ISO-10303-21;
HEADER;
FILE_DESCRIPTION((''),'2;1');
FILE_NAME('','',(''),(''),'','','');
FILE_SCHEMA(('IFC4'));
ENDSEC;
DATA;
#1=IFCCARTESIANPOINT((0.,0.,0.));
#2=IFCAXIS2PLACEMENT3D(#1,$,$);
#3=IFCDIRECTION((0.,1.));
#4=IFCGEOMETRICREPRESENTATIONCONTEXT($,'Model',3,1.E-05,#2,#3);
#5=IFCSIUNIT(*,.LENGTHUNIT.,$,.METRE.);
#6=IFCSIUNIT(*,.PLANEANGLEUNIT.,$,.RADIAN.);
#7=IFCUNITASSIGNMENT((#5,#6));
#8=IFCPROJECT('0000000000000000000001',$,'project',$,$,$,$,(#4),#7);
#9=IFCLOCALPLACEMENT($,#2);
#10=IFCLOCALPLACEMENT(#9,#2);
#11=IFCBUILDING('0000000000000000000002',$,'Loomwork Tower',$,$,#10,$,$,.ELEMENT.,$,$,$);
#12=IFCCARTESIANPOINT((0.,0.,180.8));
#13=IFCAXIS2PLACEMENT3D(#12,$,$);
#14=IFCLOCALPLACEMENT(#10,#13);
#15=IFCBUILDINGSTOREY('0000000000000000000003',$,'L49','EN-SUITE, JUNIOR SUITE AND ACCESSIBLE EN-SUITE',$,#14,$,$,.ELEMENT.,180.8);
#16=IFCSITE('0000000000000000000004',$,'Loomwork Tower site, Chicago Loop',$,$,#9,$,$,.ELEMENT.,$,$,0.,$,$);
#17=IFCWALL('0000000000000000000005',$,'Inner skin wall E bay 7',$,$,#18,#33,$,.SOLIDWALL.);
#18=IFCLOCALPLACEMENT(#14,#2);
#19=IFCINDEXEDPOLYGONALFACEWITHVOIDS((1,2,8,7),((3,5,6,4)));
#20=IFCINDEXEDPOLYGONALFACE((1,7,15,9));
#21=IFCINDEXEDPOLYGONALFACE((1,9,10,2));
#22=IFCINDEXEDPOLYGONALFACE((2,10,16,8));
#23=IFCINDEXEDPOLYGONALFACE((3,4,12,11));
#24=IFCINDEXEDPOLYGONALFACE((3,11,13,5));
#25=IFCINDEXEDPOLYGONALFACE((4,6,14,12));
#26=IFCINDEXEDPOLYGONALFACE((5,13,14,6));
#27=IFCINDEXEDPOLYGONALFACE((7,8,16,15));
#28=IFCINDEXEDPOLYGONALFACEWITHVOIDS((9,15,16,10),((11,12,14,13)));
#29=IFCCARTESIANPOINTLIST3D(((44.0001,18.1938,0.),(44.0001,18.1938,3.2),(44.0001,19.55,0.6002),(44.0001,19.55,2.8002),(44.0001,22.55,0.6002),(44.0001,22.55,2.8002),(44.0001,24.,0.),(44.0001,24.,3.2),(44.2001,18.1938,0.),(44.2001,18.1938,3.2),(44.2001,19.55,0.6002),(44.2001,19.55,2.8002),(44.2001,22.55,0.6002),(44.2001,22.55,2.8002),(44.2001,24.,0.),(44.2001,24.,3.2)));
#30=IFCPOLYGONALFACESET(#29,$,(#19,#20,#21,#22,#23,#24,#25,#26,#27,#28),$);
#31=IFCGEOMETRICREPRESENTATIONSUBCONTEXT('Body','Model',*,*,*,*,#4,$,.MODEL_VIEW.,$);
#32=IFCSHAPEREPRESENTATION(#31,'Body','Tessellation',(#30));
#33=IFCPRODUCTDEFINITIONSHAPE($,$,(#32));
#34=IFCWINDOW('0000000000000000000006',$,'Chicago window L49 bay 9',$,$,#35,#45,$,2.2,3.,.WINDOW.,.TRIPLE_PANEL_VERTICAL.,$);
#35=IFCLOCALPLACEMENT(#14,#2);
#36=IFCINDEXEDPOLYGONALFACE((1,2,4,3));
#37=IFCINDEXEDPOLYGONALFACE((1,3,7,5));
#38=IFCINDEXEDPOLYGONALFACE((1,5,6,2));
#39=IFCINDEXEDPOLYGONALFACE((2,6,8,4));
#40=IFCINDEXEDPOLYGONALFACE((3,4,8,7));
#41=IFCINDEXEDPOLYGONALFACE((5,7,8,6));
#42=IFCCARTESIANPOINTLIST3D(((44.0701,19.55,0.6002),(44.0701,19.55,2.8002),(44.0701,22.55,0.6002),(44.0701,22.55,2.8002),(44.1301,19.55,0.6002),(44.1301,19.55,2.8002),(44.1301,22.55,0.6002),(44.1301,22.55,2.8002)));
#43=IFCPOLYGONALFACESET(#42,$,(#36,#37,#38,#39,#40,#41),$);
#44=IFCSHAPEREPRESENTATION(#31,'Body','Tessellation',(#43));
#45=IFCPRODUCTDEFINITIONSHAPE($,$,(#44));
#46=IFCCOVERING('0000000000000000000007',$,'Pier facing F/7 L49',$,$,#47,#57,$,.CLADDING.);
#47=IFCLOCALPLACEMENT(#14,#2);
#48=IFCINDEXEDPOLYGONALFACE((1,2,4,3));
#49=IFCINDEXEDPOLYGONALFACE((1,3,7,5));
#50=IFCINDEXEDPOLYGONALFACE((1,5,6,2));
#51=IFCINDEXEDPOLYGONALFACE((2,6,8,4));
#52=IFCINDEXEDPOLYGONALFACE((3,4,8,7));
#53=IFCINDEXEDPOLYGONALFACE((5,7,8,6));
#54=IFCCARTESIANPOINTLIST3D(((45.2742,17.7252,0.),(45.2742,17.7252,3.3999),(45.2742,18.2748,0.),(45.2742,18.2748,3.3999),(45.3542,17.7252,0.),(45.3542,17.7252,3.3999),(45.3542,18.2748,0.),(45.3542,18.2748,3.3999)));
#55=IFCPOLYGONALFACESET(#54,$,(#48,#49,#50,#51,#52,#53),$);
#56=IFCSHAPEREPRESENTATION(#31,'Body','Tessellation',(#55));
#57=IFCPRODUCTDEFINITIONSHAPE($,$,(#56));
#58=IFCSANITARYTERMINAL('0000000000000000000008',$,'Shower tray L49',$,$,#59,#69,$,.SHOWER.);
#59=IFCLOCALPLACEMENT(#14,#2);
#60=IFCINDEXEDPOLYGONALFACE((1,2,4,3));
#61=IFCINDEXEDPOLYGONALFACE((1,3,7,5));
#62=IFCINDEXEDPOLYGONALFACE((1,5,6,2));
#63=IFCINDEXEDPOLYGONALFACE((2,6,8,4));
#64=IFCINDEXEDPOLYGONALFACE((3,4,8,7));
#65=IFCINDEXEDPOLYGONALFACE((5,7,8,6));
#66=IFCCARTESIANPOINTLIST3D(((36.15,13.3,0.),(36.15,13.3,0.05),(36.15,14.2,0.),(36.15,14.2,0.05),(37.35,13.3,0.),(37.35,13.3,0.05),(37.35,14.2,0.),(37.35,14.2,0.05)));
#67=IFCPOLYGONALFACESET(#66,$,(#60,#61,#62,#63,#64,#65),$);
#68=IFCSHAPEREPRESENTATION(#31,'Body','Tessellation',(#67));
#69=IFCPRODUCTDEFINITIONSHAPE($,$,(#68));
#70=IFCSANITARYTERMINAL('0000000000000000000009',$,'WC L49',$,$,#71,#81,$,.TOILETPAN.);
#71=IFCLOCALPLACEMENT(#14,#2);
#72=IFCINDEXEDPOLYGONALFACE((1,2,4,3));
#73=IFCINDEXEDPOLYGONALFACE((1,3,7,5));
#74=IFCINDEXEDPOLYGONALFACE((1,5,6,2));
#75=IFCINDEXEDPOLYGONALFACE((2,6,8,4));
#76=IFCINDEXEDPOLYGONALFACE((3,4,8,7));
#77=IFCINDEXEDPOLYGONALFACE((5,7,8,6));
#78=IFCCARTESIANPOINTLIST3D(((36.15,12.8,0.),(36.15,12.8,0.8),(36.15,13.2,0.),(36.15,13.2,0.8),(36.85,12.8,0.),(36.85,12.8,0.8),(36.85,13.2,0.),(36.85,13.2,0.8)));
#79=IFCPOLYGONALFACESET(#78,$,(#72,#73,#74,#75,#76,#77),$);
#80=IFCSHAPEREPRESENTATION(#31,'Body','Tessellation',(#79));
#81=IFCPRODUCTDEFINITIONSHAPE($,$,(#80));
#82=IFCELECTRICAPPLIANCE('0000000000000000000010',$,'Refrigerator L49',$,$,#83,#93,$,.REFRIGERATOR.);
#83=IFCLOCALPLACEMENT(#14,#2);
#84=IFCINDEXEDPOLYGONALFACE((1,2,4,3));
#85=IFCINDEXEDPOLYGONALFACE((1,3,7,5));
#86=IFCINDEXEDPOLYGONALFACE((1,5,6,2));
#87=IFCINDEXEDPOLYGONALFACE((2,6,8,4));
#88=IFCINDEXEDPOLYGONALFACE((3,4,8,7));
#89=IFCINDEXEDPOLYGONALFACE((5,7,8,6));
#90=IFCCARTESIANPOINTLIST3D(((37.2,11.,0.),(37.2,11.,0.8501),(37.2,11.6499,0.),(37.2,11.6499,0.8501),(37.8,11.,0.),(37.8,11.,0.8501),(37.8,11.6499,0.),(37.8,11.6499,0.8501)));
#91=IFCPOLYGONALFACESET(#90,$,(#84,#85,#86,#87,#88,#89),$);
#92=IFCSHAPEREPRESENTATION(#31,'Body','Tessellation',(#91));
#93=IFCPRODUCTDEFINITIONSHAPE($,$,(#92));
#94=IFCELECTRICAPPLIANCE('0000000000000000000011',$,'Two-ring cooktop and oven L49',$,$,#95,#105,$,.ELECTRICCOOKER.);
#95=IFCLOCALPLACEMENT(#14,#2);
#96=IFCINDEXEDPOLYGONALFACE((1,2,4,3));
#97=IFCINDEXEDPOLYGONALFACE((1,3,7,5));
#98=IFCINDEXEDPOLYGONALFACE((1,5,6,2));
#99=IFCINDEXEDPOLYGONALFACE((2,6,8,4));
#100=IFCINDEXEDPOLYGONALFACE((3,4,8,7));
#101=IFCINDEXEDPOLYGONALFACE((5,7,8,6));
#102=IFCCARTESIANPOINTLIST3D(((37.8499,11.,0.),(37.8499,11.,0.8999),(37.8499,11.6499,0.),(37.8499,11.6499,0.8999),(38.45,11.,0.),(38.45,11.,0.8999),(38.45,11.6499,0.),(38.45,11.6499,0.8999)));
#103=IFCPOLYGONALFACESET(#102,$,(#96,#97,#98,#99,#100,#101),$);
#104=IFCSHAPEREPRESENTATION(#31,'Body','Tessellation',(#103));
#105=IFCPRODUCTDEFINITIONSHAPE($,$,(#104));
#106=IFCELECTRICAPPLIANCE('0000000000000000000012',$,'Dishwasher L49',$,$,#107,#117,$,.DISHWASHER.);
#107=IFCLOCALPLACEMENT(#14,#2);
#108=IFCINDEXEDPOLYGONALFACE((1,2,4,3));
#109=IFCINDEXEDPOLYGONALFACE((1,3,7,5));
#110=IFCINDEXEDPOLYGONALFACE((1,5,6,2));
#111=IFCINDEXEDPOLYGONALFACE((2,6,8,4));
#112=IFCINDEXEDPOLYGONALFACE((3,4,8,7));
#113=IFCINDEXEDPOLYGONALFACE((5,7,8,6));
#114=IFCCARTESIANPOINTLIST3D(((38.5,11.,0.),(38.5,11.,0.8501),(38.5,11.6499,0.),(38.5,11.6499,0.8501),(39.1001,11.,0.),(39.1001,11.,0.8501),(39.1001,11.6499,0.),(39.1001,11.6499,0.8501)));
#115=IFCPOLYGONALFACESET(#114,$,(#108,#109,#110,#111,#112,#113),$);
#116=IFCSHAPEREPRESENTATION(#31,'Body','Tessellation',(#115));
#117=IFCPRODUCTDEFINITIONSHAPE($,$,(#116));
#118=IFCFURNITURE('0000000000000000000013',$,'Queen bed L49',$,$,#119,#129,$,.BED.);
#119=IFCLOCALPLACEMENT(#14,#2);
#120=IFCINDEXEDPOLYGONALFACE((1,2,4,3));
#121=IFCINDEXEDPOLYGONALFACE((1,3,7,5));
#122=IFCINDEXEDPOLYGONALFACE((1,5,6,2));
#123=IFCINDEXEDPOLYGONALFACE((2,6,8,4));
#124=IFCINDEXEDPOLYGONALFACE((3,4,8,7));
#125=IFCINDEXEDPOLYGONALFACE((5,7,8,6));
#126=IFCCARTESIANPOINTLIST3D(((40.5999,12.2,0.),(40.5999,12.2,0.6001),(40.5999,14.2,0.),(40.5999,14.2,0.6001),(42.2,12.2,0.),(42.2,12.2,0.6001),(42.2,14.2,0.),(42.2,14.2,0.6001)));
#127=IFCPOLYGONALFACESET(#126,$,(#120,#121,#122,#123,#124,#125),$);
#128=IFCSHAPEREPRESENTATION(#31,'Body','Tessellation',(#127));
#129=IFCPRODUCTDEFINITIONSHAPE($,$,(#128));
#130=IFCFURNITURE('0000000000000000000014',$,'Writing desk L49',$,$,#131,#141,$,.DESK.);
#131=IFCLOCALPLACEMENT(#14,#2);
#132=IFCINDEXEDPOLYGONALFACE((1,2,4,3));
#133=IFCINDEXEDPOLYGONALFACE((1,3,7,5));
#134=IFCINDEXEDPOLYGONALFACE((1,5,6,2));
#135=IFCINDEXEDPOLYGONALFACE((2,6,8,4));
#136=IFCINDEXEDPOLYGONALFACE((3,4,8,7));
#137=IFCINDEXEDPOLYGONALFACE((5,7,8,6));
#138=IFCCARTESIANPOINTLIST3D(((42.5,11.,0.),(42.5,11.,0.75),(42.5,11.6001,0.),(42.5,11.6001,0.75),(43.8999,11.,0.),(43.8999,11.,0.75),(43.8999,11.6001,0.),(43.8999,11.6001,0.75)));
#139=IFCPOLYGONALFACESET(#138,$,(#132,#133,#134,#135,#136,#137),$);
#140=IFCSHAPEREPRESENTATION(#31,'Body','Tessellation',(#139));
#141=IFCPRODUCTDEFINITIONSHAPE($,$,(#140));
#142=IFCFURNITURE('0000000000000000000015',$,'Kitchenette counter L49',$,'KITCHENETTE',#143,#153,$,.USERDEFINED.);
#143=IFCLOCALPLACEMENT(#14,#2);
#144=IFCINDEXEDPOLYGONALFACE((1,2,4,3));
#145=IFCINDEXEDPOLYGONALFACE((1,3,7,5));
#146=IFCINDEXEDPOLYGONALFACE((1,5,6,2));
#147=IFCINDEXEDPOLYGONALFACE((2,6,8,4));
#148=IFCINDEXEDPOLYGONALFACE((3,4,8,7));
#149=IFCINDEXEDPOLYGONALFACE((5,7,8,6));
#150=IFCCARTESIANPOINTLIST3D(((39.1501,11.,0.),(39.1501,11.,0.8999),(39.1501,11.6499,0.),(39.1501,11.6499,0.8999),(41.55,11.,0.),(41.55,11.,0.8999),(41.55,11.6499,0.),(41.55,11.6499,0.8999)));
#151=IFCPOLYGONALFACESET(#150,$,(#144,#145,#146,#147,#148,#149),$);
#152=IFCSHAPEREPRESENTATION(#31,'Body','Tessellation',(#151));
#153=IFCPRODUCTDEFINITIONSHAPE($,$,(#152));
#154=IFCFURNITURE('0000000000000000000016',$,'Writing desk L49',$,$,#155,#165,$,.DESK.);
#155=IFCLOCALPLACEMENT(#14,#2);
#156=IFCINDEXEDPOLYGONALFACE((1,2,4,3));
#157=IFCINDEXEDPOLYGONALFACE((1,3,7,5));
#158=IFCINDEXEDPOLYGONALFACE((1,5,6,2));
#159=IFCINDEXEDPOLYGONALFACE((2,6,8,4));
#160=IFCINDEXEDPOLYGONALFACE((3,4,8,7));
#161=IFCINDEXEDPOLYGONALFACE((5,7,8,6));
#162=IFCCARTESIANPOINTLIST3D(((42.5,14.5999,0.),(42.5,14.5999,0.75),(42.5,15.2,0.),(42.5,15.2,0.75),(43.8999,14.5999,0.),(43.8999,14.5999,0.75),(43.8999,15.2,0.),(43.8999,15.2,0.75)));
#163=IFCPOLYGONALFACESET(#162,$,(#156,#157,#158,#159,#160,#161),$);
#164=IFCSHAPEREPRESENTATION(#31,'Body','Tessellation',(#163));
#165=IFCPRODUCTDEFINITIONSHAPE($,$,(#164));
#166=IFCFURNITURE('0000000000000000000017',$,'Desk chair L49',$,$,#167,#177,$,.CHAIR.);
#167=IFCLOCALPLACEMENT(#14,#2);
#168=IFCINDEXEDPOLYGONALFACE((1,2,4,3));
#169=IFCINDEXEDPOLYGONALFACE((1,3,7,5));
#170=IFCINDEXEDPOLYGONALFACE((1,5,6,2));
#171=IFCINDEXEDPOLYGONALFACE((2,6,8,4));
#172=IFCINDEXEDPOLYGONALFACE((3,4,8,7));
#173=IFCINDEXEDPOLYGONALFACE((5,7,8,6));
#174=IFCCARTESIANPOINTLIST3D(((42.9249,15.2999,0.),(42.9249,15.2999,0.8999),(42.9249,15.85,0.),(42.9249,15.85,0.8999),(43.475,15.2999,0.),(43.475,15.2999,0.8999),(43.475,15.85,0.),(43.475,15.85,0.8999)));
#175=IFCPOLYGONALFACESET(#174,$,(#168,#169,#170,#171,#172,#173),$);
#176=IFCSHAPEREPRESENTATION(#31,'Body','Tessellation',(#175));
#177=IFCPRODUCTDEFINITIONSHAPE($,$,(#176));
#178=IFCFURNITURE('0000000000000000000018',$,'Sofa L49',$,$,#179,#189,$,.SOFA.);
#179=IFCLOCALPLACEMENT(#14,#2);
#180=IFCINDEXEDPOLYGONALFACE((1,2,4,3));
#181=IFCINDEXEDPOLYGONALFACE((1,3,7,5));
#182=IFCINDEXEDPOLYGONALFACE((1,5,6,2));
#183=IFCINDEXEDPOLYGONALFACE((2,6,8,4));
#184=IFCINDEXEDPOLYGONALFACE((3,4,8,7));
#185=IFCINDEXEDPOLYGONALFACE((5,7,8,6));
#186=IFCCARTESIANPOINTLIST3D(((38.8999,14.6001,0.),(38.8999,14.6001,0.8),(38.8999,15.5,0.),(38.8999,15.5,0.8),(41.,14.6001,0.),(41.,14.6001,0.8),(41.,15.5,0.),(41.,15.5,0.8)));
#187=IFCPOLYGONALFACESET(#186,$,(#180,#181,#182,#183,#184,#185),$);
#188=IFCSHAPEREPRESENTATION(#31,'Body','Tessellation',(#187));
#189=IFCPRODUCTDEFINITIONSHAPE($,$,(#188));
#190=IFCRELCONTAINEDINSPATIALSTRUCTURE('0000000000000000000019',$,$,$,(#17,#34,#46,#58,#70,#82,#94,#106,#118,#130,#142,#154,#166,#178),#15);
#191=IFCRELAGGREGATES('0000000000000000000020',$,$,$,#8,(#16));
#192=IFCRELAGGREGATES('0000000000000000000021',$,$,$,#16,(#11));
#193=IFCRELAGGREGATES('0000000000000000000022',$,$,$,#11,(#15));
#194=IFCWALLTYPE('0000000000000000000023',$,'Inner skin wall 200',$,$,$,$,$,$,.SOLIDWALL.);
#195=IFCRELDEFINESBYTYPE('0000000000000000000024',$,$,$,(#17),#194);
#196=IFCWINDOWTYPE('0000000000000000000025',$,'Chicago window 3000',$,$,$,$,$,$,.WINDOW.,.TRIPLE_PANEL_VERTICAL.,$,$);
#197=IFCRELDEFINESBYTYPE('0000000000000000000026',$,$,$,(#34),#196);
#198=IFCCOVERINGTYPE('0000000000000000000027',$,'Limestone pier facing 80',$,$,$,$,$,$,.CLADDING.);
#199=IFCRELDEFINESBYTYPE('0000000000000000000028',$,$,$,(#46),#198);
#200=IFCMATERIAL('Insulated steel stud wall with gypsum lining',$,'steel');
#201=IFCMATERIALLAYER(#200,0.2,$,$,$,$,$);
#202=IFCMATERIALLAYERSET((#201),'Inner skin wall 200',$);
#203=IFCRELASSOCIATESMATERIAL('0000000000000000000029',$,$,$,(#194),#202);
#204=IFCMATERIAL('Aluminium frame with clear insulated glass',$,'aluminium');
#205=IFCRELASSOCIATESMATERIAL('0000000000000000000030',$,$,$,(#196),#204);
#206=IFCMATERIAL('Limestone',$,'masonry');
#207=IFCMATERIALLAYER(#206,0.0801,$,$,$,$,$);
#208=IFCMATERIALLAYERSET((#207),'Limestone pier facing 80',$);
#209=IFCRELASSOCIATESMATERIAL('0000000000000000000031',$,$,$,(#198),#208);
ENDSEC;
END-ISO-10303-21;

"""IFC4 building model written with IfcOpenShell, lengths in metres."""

from ifc_helpers import new_model, si_unit, direction, frame, frame_2d, origin, origin_2d, place, context, subcontext, project, spatial, rectangle, extrude, material, layer, layer_set, type_object, element, fill, save


model = new_model("IFC4")

# Units and contexts
model_context = context("Model", 3, precision=1e-05, world=origin(), true_north=direction((0.0, 1.0)))
body_context = subcontext(model_context, "Body", "Model", "MODEL_VIEW")
ifc_project = project(units=[si_unit("LENGTHUNIT", "METRE"), si_unit("PLANEANGLEUNIT", "RADIAN")], contexts=[model_context])

# Site, building, storey
site_placement = place(None, origin())
site = spatial("IfcSite", under=ifc_project, at=site_placement, Name="Loomwork Tower site, Chicago Loop", CompositionType="ELEMENT", RefElevation=0.0)
building_placement = place(site_placement, origin())
building = spatial("IfcBuilding", under=site, at=building_placement, Name="Loomwork Tower", CompositionType="ELEMENT")
storey_placement = place(building_placement, frame((0.0, 0.0, 180.8)))
storey = spatial("IfcBuildingStorey", under=building, at=storey_placement, Name="L49", Description="EN-SUITE, JUNIOR SUITE AND ACCESSIBLE EN-SUITE", CompositionType="ELEMENT", Elevation=180.8)

# Shared definitions
ifc_material_1 = material(Name="Insulated steel stud wall with gypsum lining", Category="steel")
ifc_layer_1 = layer(ifc_material_1, 0.2)
ifc_layer_set_1 = layer_set([ifc_layer_1], Name="Inner skin wall 200")
wall_type_1 = type_object("IfcWallType", Name="Inner skin wall 200", PredefinedType="SOLIDWALL", material=ifc_layer_set_1)

# Wall, opening, window
wall_1_placement = place(storey_placement, frame((44.1001, 18.1938, 0.0), z_axis=(0.0, 0.0, 1.0), x_axis=(0.0, 1.0, 0.0)))
wall_1 = element("IfcWall", 1, at=wall_1_placement, inside=storey, type_object=wall_type_1, Name="Inner skin wall E bay 7", PredefinedType="SOLIDWALL", context=body_context, shape_type="SweptSolid", body=[
    extrude(rectangle(XDim=5.8062, YDim=0.2, at=frame_2d((2.9031, 0.0))), origin(), (0.0, 0.0, 1.0), 3.2),
])
opening_placement = place(wall_1_placement, frame((1.3562, 0.0, 0.6001)))
opening = element("IfcOpeningElement", 2, at=opening_placement, cuts=wall_1, PredefinedType="OPENING", context=body_context, shape_type="SweptSolid", body=[
    extrude(rectangle(XDim=3.0, YDim=2.2, at=frame_2d((1.5, 1.1001))), frame((0.0, 0.1099, 0.0), z_axis=(0.0, -1.0, 0.0), x_axis=(1.0, 0.0, 0.0)), (0.0, 0.0, 1.0), 0.22),
])
ifc_material_2 = material(Name="Aluminium frame with clear insulated glass", Category="aluminium")
window_type = type_object("IfcWindowType", Name="Chicago window 3000", PartitioningType="TRIPLE_PANEL_VERTICAL", PredefinedType="WINDOW", material=ifc_material_2)
window_placement = place(opening_placement, origin())
window = element("IfcWindow", 3, at=window_placement, inside=storey, type_object=window_type, Name="Chicago window L49 bay 9", OverallHeight=2.2, OverallWidth=3.0, PartitioningType="TRIPLE_PANEL_VERTICAL", PredefinedType="WINDOW", context=body_context, shape_type="SweptSolid", body=[
    extrude(rectangle(XDim=3.0, YDim=2.2, at=frame_2d((1.5, 1.1001))), frame((0.0, 0.03, 0.0), z_axis=(0.0, -1.0, 0.0), x_axis=(1.0, 0.0, 0.0)), (0.0, 0.0, 1.0), 0.0601),
])
fill(opening, window)

# Covering
ifc_material_3 = material(Name="Limestone", Category="masonry")
ifc_layer_2 = layer(ifc_material_3, 0.0801)
ifc_layer_set_2 = layer_set([ifc_layer_2], Name="Limestone pier facing 80")
covering_type = type_object("IfcCoveringType", Name="Limestone pier facing 80", PredefinedType="CLADDING", material=ifc_layer_set_2)
covering_placement = place(storey_placement, frame((45.3142, 18.0, 0.0), z_axis=(0.0, 0.0, 1.0), x_axis=(1.0, 0.0, 0.0)))
element("IfcCovering", 4, at=covering_placement, inside=storey, type_object=covering_type, Name="Pier facing F/7 L49", PredefinedType="CLADDING", context=body_context, shape_type="SweptSolid", body=[
    extrude(rectangle(XDim=0.0801, YDim=0.5496, at=origin_2d()), origin(), (0.0, 0.0, 1.0), 3.3999),
])

# Sanitary terminals
sanitary_terminal_1_placement = place(storey_placement, frame((36.75, 13.75, 0.0), z_axis=(0.0, 0.0, 1.0), x_axis=(1.0, 0.0, 0.0)))
element("IfcSanitaryTerminal", 5, at=sanitary_terminal_1_placement, inside=storey, Name="Shower tray L49", PredefinedType="SHOWER", context=body_context, shape_type="SweptSolid", body=[
    extrude(rectangle(XDim=1.2, YDim=0.8999, at=origin_2d()), origin(), (0.0, 0.0, 1.0), 0.05),
])
sanitary_terminal_2_placement = place(storey_placement, frame((36.5, 13.0, 0.0), z_axis=(0.0, 0.0, 1.0), x_axis=(1.0, 0.0, 0.0)))
element("IfcSanitaryTerminal", 6, at=sanitary_terminal_2_placement, inside=storey, Name="WC L49", PredefinedType="TOILETPAN", context=body_context, shape_type="SweptSolid", body=[
    extrude(rectangle(XDim=0.7, YDim=0.3999, at=origin_2d()), origin(), (0.0, 0.0, 1.0), 0.8),
])

# Electric appliances
electric_appliance_1_placement = place(storey_placement, frame((37.5, 11.325, 0.0), z_axis=(0.0, 0.0, 1.0), x_axis=(1.0, 0.0, 0.0)))
element("IfcElectricAppliance", 7, at=electric_appliance_1_placement, inside=storey, Name="Refrigerator L49", PredefinedType="REFRIGERATOR", context=body_context, shape_type="SweptSolid", body=[
    extrude(rectangle(XDim=0.6001, YDim=0.6499, at=origin_2d()), origin(), (0.0, 0.0, 1.0), 0.8501),
])
electric_appliance_2_placement = place(storey_placement, frame((38.1499, 11.325, 0.0), z_axis=(0.0, 0.0, 1.0), x_axis=(1.0, 0.0, 0.0)))
element("IfcElectricAppliance", 8, at=electric_appliance_2_placement, inside=storey, Name="Two-ring cooktop and oven L49", PredefinedType="ELECTRICCOOKER", context=body_context, shape_type="SweptSolid", body=[
    extrude(rectangle(XDim=0.6001, YDim=0.6499, at=origin_2d()), origin(), (0.0, 0.0, 1.0), 0.8999),
])
electric_appliance_3_placement = place(storey_placement, frame((38.8, 11.325, 0.0), z_axis=(0.0, 0.0, 1.0), x_axis=(1.0, 0.0, 0.0)))
element("IfcElectricAppliance", 9, at=electric_appliance_3_placement, inside=storey, Name="Dishwasher L49", PredefinedType="DISHWASHER", context=body_context, shape_type="SweptSolid", body=[
    extrude(rectangle(XDim=0.6001, YDim=0.6499, at=origin_2d()), origin(), (0.0, 0.0, 1.0), 0.8501),
])

# Furniture
furniture_1_placement = place(storey_placement, frame((41.3999, 13.2, 0.0), z_axis=(0.0, 0.0, 1.0), x_axis=(1.0, 0.0, 0.0)))
element("IfcFurniture", 10, at=furniture_1_placement, inside=storey, Name="Queen bed L49", PredefinedType="BED", context=body_context, shape_type="SweptSolid", body=[
    extrude(rectangle(XDim=1.6001, YDim=2.0, at=origin_2d()), origin(), (0.0, 0.0, 1.0), 0.6001),
])
furniture_2_placement = place(storey_placement, frame((43.2, 11.3, 0.0), z_axis=(0.0, 0.0, 1.0), x_axis=(1.0, 0.0, 0.0)))
element("IfcFurniture", 11, at=furniture_2_placement, inside=storey, Name="Writing desk L49", PredefinedType="DESK", context=body_context, shape_type="SweptSolid", body=[
    extrude(rectangle(XDim=1.3999, YDim=0.6001, at=origin_2d()), origin(), (0.0, 0.0, 1.0), 0.75),
])
furniture_3_placement = place(storey_placement, frame((40.3501, 11.325, 0.0), z_axis=(0.0, 0.0, 1.0), x_axis=(1.0, 0.0, 0.0)))
element("IfcFurniture", 12, at=furniture_3_placement, inside=storey, Name="Kitchenette counter L49", ObjectType="KITCHENETTE", PredefinedType="USERDEFINED", context=body_context, shape_type="SweptSolid", body=[
    extrude(rectangle(XDim=2.3999, YDim=0.6499, at=origin_2d()), origin(), (0.0, 0.0, 1.0), 0.8999),
])
furniture_4_placement = place(storey_placement, frame((43.2, 14.8999, 0.0), z_axis=(0.0, 0.0, 1.0), x_axis=(1.0, 0.0, 0.0)))
element("IfcFurniture", 13, at=furniture_4_placement, inside=storey, Name="Writing desk L49", PredefinedType="DESK", context=body_context, shape_type="SweptSolid", body=[
    extrude(rectangle(XDim=1.3999, YDim=0.6001, at=origin_2d()), origin(), (0.0, 0.0, 1.0), 0.75),
])
furniture_5_placement = place(storey_placement, frame((43.2, 15.575, 0.0), z_axis=(0.0, 0.0, 1.0), x_axis=(1.0, 0.0, 0.0)))
element("IfcFurniture", 14, at=furniture_5_placement, inside=storey, Name="Desk chair L49", PredefinedType="CHAIR", context=body_context, shape_type="SweptSolid", body=[
    extrude(rectangle(XDim=0.55, YDim=0.55, at=origin_2d()), origin(), (0.0, 0.0, 1.0), 0.8999),
])
furniture_6_placement = place(storey_placement, frame((39.95, 15.05, 0.0), z_axis=(0.0, 0.0, 1.0), x_axis=(1.0, 0.0, 0.0)))
element("IfcFurniture", 15, at=furniture_6_placement, inside=storey, Name="Sofa L49", PredefinedType="SOFA", context=body_context, shape_type="SweptSolid", body=[
    extrude(rectangle(XDim=2.1001, YDim=0.8999, at=origin_2d()), origin(), (0.0, 0.0, 1.0), 0.8),
])

save(model, "model.ifc")
